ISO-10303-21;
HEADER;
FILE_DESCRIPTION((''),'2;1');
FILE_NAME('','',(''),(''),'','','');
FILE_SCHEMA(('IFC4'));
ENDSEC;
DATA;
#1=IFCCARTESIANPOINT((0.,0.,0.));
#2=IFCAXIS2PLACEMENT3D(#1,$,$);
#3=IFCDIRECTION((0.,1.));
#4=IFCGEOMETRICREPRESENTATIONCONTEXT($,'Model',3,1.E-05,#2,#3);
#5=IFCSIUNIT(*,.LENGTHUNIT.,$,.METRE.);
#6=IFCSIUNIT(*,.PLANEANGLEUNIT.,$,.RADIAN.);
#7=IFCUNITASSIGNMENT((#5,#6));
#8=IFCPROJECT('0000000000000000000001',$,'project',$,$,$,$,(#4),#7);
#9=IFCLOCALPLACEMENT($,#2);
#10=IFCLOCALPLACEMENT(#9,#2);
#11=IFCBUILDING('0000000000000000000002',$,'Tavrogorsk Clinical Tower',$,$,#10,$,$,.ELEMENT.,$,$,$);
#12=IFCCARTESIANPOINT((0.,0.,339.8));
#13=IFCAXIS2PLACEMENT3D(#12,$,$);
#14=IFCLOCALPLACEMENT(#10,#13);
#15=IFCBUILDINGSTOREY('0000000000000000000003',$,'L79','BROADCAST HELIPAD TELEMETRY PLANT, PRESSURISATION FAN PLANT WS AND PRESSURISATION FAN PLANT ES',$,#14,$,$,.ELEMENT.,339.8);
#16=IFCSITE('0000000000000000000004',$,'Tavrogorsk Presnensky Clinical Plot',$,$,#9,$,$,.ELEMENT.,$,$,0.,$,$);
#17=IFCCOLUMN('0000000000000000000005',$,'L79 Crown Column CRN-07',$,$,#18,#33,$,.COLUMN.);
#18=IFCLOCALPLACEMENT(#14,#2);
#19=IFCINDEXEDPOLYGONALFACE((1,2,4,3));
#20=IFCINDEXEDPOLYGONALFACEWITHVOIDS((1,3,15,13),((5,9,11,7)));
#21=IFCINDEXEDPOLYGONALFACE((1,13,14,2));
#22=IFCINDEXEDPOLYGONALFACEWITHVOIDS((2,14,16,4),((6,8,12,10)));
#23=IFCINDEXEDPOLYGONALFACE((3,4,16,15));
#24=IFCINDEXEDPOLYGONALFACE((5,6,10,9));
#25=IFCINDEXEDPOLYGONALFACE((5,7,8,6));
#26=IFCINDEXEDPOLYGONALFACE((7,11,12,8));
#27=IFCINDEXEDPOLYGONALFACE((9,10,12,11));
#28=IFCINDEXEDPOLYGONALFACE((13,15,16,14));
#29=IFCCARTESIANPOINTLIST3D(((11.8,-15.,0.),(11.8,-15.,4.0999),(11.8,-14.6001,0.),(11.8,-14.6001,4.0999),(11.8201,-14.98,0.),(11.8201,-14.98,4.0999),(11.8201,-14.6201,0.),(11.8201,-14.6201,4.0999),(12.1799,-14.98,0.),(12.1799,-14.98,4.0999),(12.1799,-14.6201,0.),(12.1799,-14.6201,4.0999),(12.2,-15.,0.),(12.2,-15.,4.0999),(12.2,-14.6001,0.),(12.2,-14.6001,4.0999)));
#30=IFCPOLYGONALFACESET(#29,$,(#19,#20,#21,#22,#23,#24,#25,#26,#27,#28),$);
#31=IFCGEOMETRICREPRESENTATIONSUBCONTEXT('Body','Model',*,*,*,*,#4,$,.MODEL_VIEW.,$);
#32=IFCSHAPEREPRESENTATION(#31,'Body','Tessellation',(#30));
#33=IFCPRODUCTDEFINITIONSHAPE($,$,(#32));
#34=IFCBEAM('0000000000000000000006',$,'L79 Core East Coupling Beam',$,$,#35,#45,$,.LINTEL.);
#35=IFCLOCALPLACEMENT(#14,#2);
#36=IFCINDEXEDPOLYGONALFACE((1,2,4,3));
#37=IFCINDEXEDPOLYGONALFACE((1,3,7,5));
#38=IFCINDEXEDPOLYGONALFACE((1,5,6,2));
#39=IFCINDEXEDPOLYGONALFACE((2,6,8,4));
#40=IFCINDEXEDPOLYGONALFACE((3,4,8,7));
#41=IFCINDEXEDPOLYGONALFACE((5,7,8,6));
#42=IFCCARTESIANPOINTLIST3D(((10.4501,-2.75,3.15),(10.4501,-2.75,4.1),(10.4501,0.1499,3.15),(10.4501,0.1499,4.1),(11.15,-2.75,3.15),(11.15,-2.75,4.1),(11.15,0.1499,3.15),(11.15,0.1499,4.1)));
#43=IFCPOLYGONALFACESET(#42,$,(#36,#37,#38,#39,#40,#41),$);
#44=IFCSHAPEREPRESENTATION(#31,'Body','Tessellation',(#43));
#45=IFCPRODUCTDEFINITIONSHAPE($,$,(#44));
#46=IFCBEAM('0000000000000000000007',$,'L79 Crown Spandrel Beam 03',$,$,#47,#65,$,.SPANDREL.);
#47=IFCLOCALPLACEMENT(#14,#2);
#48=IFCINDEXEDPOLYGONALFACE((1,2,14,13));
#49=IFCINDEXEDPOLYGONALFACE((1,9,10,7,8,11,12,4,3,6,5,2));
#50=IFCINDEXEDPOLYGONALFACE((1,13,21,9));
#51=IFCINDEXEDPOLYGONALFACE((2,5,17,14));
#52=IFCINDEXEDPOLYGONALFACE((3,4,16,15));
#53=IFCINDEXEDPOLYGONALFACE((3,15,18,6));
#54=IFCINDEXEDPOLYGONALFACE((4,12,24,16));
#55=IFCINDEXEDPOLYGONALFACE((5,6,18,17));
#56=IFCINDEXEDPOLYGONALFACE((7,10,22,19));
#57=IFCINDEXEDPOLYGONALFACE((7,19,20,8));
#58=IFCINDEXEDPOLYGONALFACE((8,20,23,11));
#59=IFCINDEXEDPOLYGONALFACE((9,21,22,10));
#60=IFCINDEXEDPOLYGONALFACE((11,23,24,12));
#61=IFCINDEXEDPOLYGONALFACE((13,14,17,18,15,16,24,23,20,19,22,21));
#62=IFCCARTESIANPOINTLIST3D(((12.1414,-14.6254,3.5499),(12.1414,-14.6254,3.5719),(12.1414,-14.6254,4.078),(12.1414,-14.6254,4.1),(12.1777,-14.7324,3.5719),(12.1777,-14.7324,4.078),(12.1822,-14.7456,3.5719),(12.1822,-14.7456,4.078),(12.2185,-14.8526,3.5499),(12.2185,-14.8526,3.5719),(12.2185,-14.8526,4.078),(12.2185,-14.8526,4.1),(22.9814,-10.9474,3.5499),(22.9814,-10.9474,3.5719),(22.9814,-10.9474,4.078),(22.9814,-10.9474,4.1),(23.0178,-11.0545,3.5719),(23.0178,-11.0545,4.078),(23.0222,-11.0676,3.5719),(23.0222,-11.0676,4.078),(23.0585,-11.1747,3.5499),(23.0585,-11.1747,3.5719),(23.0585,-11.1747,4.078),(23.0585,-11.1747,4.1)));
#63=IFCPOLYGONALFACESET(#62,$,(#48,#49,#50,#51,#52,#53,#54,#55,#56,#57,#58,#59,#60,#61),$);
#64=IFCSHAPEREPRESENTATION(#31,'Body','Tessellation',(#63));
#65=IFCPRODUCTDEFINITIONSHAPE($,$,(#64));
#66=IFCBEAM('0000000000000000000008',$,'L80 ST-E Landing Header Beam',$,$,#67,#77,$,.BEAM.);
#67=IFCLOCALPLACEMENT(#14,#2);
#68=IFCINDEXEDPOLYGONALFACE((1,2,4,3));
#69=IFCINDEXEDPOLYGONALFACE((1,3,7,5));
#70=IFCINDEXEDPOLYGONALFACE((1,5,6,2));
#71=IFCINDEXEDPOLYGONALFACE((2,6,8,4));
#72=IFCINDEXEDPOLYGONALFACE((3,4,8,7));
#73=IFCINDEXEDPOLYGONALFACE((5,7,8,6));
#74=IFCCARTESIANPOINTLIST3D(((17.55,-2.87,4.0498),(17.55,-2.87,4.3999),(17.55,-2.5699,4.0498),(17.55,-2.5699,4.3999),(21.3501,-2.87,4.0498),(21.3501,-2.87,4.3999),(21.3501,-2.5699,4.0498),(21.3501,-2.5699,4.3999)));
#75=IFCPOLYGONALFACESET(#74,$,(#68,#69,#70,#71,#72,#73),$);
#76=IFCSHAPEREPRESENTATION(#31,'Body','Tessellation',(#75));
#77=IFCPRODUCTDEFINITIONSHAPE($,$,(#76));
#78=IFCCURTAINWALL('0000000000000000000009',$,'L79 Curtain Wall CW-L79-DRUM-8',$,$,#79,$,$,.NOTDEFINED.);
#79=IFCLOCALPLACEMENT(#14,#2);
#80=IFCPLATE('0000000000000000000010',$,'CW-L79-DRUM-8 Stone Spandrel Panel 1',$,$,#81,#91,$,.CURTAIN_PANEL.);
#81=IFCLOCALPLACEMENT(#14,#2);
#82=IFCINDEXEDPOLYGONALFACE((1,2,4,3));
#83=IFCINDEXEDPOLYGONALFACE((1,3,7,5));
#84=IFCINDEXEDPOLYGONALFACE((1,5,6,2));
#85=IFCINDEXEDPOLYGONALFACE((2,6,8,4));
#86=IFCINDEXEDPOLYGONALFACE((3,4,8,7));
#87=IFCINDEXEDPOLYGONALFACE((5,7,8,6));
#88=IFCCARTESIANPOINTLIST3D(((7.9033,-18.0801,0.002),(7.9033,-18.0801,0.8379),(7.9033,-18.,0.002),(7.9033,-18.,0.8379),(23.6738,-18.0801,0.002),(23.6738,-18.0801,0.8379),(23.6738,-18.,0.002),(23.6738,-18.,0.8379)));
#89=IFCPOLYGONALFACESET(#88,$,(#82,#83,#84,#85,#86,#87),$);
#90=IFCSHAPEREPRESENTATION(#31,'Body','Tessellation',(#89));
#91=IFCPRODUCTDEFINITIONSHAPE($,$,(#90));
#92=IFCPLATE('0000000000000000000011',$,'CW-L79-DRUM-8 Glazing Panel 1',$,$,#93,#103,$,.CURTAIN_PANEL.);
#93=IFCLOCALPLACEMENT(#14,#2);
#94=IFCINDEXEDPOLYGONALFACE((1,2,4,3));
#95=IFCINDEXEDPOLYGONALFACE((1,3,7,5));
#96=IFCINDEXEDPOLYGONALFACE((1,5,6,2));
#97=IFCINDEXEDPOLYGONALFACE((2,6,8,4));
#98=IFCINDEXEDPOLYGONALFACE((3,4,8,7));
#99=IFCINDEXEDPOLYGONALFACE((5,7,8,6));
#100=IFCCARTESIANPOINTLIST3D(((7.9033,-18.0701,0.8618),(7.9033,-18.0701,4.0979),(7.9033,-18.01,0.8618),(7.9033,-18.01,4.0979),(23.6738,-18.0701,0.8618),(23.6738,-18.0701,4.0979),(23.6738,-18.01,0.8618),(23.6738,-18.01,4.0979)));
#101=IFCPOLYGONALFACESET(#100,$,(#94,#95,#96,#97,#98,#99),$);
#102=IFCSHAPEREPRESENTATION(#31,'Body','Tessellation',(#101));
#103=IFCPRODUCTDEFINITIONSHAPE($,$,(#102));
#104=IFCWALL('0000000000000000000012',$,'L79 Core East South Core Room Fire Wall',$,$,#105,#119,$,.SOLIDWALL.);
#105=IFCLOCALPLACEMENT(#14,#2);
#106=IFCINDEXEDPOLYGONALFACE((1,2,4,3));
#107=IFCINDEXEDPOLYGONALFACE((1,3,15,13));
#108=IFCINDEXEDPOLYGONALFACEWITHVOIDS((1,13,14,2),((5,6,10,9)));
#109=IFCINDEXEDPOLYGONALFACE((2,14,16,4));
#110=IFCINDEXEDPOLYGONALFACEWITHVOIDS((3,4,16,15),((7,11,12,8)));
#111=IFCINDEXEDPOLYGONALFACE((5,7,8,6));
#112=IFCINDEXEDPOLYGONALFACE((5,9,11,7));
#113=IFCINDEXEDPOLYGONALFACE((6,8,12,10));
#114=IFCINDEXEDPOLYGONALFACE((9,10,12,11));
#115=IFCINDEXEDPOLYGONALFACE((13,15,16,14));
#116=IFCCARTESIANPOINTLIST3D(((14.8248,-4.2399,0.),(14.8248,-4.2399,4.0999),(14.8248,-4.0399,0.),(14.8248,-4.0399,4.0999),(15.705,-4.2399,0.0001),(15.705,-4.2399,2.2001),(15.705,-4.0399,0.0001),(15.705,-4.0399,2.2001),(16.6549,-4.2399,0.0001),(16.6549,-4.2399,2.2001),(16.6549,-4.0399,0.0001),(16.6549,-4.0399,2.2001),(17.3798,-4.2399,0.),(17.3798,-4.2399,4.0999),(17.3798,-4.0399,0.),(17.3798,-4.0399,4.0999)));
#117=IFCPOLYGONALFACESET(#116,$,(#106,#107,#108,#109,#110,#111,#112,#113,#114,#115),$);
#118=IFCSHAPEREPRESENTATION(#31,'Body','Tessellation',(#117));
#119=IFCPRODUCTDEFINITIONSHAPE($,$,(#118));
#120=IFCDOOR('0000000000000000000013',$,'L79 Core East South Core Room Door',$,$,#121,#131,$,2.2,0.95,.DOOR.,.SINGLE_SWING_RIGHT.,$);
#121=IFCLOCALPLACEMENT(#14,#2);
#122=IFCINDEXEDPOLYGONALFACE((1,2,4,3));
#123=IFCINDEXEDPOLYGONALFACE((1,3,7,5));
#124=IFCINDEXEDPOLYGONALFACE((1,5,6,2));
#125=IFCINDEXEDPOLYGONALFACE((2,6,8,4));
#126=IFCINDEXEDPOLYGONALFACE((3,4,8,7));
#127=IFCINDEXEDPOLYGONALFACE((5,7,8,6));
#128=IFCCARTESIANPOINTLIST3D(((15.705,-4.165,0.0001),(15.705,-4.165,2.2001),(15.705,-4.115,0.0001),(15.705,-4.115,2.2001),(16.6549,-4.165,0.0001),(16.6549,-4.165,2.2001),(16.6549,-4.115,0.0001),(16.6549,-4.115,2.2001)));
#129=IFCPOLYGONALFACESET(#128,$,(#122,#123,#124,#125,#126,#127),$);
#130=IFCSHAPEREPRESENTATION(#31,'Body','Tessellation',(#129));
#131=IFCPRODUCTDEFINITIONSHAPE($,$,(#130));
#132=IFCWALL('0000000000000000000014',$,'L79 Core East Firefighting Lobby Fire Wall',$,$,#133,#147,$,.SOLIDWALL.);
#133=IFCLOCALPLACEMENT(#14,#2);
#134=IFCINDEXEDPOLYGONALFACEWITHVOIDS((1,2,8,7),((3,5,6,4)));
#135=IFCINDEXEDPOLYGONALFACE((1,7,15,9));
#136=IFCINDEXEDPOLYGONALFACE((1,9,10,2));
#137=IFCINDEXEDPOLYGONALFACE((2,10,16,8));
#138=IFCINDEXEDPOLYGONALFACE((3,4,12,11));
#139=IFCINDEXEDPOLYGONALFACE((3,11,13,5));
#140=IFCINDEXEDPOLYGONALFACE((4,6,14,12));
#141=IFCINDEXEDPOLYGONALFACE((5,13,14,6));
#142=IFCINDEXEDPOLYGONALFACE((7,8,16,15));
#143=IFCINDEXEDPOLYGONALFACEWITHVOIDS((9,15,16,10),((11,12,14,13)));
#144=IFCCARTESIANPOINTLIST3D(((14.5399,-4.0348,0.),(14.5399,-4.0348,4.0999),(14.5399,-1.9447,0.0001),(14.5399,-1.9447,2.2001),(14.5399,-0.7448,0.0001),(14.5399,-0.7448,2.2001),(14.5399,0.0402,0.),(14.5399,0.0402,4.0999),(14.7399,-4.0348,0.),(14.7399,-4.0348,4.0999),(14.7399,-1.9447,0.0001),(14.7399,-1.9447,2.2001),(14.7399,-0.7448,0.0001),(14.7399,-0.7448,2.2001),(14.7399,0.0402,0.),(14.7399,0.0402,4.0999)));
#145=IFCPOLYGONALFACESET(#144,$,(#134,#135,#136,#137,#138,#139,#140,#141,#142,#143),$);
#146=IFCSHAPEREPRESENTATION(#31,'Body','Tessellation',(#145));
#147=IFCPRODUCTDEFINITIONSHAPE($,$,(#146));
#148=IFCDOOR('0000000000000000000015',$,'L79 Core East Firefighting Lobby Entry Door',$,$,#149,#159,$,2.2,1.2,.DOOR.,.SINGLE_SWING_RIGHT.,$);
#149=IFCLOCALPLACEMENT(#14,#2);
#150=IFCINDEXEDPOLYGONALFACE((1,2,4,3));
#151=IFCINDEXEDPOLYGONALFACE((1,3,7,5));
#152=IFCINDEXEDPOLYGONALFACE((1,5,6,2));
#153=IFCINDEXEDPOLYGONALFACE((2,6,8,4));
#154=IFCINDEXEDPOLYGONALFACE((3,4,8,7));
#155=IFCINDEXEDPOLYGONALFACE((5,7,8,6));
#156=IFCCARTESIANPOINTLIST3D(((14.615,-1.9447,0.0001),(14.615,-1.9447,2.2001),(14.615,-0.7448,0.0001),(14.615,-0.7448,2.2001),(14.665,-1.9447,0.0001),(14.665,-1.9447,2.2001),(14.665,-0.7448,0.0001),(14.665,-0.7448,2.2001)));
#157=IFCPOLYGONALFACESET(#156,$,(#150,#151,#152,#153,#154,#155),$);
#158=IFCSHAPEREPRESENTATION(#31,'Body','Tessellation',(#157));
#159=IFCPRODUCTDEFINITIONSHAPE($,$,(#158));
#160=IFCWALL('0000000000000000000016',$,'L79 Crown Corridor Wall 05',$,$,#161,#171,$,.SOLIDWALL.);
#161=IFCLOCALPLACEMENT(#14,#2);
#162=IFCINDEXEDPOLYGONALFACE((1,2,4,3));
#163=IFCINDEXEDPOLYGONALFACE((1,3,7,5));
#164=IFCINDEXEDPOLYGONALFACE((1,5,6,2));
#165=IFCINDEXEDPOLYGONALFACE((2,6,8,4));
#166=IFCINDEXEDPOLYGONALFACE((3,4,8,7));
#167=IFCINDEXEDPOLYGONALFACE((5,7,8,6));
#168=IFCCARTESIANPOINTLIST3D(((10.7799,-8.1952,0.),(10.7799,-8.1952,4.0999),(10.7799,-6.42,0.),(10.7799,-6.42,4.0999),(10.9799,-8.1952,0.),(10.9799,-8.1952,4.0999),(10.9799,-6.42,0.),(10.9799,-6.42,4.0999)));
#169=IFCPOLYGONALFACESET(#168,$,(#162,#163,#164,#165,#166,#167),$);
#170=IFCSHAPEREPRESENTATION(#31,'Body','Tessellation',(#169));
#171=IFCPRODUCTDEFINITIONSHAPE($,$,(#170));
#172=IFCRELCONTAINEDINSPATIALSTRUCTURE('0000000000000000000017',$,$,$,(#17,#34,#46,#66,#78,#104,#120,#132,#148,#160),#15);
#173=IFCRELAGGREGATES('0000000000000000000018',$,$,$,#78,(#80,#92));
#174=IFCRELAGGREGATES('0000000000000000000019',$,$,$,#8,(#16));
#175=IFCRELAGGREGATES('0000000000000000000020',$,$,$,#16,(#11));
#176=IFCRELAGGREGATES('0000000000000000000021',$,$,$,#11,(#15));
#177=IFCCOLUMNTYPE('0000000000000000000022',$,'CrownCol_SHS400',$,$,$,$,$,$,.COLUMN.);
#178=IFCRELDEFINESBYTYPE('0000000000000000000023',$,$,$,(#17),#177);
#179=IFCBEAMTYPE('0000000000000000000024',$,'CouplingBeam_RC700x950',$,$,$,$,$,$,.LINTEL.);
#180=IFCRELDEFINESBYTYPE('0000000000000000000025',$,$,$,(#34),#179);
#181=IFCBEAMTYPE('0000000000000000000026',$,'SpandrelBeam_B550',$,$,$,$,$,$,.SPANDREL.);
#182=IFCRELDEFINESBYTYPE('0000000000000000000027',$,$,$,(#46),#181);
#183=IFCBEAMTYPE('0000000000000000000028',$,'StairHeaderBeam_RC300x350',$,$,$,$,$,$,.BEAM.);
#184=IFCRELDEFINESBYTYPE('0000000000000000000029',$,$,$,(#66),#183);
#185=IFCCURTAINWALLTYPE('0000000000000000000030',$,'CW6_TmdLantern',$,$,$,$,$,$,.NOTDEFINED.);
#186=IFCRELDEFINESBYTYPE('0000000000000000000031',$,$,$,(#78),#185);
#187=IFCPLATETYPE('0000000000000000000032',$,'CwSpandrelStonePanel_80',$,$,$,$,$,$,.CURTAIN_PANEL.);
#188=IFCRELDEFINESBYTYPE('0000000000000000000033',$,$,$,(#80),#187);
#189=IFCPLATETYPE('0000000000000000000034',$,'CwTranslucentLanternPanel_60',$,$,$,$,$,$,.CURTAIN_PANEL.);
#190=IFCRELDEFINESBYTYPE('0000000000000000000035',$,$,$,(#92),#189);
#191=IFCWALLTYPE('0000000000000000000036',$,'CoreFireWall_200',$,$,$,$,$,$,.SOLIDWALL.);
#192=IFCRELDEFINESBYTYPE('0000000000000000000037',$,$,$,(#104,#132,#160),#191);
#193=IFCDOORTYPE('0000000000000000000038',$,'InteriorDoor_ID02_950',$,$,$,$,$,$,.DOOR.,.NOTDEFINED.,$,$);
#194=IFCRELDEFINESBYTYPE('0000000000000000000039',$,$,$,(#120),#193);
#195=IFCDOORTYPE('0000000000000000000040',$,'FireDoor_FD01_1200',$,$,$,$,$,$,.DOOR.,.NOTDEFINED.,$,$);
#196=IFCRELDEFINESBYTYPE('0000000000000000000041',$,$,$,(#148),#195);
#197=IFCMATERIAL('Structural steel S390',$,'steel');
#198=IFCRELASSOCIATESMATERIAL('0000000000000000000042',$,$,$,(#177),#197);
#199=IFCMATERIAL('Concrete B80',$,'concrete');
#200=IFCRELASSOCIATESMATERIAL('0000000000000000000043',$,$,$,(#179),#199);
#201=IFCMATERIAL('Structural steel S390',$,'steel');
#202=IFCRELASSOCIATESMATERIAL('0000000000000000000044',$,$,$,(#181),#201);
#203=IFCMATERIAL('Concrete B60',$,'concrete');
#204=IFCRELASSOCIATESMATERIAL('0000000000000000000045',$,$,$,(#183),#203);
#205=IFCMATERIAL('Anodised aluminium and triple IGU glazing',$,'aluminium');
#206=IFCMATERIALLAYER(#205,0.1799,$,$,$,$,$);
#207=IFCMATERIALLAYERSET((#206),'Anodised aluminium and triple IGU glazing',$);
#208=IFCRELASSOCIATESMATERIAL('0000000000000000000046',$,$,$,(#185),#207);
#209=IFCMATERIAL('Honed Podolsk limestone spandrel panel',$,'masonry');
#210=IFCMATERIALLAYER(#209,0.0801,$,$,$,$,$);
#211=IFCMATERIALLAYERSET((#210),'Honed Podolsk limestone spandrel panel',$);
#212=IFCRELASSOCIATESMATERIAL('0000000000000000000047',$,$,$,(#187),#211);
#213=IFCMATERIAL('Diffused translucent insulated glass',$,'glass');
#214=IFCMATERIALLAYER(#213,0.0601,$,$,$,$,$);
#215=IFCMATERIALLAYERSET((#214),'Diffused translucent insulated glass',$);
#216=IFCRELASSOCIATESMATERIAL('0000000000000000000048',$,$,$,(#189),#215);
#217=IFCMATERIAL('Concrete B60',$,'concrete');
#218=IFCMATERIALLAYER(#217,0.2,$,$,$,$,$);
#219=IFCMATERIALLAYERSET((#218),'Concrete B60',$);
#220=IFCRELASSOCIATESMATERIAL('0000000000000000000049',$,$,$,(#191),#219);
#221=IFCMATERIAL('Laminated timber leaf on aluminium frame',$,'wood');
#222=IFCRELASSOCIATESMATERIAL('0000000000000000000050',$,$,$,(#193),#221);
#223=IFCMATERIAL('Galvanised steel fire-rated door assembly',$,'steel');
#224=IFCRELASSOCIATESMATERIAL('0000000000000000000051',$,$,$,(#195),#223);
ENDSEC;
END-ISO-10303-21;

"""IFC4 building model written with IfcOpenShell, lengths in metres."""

from ifc_helpers import new_model, si_unit, direction, frame, frame_2d, origin, origin_2d, place, context, subcontext, project, spatial, rectangle, hollow_rectangle, i_section, extrude, material, layer, layer_set, material_profile, profile_set, type_object, element, fill, aggregate, save


model = new_model("IFC4")

# Units and contexts
model_context = context("Model", 3, precision=1e-05, world=origin(), true_north=direction((0.0, 1.0)))
body_context = subcontext(model_context, "Body", "Model", "MODEL_VIEW")
ifc_project = project(units=[si_unit("LENGTHUNIT", "METRE"), si_unit("PLANEANGLEUNIT", "RADIAN")], contexts=[model_context])

# Site, building, storey
site_placement = place(None, origin())
site = spatial("IfcSite", under=ifc_project, at=site_placement, Name="Tavrogorsk Presnensky Clinical Plot", CompositionType="ELEMENT", RefElevation=0.0)
building_placement = place(site_placement, origin())
building = spatial("IfcBuilding", under=site, at=building_placement, Name="Tavrogorsk Clinical Tower", CompositionType="ELEMENT")
storey_placement = place(building_placement, frame((0.0, 0.0, 339.8)))
storey = spatial("IfcBuildingStorey", under=building, at=storey_placement, Name="L79", Description="BROADCAST HELIPAD TELEMETRY PLANT, PRESSURISATION FAN PLANT WS AND PRESSURISATION FAN PLANT ES", CompositionType="ELEMENT", Elevation=339.8)

# Column
ifc_material_1 = material(Name="Structural steel S390", Category="steel")
ifc_material_profile_1 = material_profile(ifc_material_1, hollow_rectangle(XDim=0.3999, YDim=0.3999, WallThickness=0.02, at=origin_2d()), Name="SHS-400x400x20")
ifc_profile_set_1 = profile_set([ifc_material_profile_1], Name="Structural steel S390")
column_type = type_object("IfcColumnType", Name="CrownCol_SHS400", PredefinedType="COLUMN", material=ifc_profile_set_1)
column_placement = place(storey_placement, frame((12.0, -14.8, 0.0), z_axis=(0.0, 0.0, 1.0), x_axis=(1.0, 0.0, 0.0)))
element("IfcColumn", 1, at=column_placement, inside=storey, type_object=column_type, Name="L79 Crown Column CRN-07", PredefinedType="COLUMN", context=body_context, shape_type="SweptSolid", body=[
    extrude(hollow_rectangle(XDim=0.3999, YDim=0.3999, WallThickness=0.02, at=origin_2d()), origin(), (0.0, 0.0, 1.0), 4.0999),
])

# Beams
ifc_material_2 = material(Name="Concrete B80", Category="concrete")
ifc_material_profile_2 = material_profile(ifc_material_2, rectangle(XDim=0.7, YDim=0.95, at=origin_2d()), Name="RC-CB-700x950")
ifc_profile_set_2 = profile_set([ifc_material_profile_2], Name="Concrete B80")
beam_type_1 = type_object("IfcBeamType", Name="CouplingBeam_RC700x950", PredefinedType="LINTEL", material=ifc_profile_set_2)
beam_1_placement = place(storey_placement, frame((10.8, -2.75, 3.625), z_axis=(0.0, 1.0, 0.0), x_axis=(-1.0, 0.0, 0.0)))
element("IfcBeam", 2, at=beam_1_placement, inside=storey, type_object=beam_type_1, Name="L79 Core East Coupling Beam", PredefinedType="LINTEL", context=body_context, shape_type="SweptSolid", body=[
    extrude(rectangle(XDim=0.7, YDim=0.95, at=origin_2d()), origin(), (0.0, 0.0, 1.0), 2.8999),
])
ifc_material_3 = material(Name="Structural steel S390", Category="steel")
ifc_material_profile_3 = material_profile(ifc_material_3, i_section(OverallWidth=0.24, OverallDepth=0.55, WebThickness=0.0139, FlangeThickness=0.022, at=origin_2d()), Name="B-550x240x14x22")
ifc_profile_set_3 = profile_set([ifc_material_profile_3], Name="Structural steel S390")
beam_type_2 = type_object("IfcBeamType", Name="SpandrelBeam_B550", PredefinedType="SPANDREL", material=ifc_profile_set_3)
beam_2_placement = place(storey_placement, frame((12.1799, -14.739, 3.825), z_axis=(0.946976, 0.321304, 0.0), x_axis=(-0.321304, 0.946976, 0.0)))
element("IfcBeam", 3, at=beam_2_placement, inside=storey, type_object=beam_type_2, Name="L79 Crown Spandrel Beam 03", PredefinedType="SPANDREL", context=body_context, shape_type="SweptSolid", body=[
    extrude(i_section(OverallWidth=0.24, OverallDepth=0.55, WebThickness=0.0139, FlangeThickness=0.022, at=origin_2d()), origin(), (0.0, 0.0, 1.0), 11.447),
])
ifc_material_4 = material(Name="Concrete B60", Category="concrete")
ifc_material_profile_4 = material_profile(ifc_material_4, rectangle(XDim=0.3, YDim=0.3501, at=origin_2d()), Name="RC-SHB-300x350")
ifc_profile_set_4 = profile_set([ifc_material_profile_4], Name="Concrete B60")
beam_type_3 = type_object("IfcBeamType", Name="StairHeaderBeam_RC300x350", PredefinedType="BEAM", material=ifc_profile_set_4)
beam_3_placement = place(storey_placement, frame((17.55, -2.72, 4.2249), z_axis=(1.0, 0.0, 0.0), x_axis=(0.0, 1.0, 0.0)))
element("IfcBeam", 4, at=beam_3_placement, inside=storey, type_object=beam_type_3, Name="L80 ST-E Landing Header Beam", PredefinedType="BEAM", context=body_context, shape_type="SweptSolid", body=[
    extrude(rectangle(XDim=0.3, YDim=0.3501, at=origin_2d()), origin(), (0.0, 0.0, 1.0), 3.8),
])

# Curtain wall, plates
ifc_material_5 = material(Name="Anodised aluminium and triple IGU glazing", Category="aluminium")
ifc_layer_1 = layer(ifc_material_5, 0.1799)
ifc_layer_set_1 = layer_set([ifc_layer_1], Name="Anodised aluminium and triple IGU glazing")
curtain_wall_type = type_object("IfcCurtainWallType", Name="CW6_TmdLantern", PredefinedType="NOTDEFINED", material=ifc_layer_set_1)
curtain_wall_placement = place(storey_placement, origin())
curtain_wall = element("IfcCurtainWall", 5, at=curtain_wall_placement, inside=storey, type_object=curtain_wall_type, Name="L79 Curtain Wall CW-L79-DRUM-8", PredefinedType="NOTDEFINED")
ifc_material_6 = material(Name="Honed Podolsk limestone spandrel panel", Category="masonry")
ifc_layer_2 = layer(ifc_material_6, 0.0801)
ifc_layer_set_2 = layer_set([ifc_layer_2], Name="Honed Podolsk limestone spandrel panel")
plate_type_1 = type_object("IfcPlateType", Name="CwSpandrelStonePanel_80", PredefinedType="CURTAIN_PANEL", material=ifc_layer_set_2)
plate_1_placement = place(storey_placement, frame((15.7886, -18.04, 0.002), z_axis=(0.0, 0.0, 1.0), x_axis=(-1.0, 0.0, 0.0)))
plate_1 = element("IfcPlate", 6, at=plate_1_placement, type_object=plate_type_1, Name="CW-L79-DRUM-8 Stone Spandrel Panel 1", PredefinedType="CURTAIN_PANEL", context=body_context, shape_type="SweptSolid", body=[
    extrude(rectangle(XDim=15.7705, YDim=0.0801, at=origin_2d()), origin(), (0.0, 0.0, 1.0), 0.8359),
])
ifc_material_7 = material(Name="Diffused translucent insulated glass", Category="glass")
ifc_layer_3 = layer(ifc_material_7, 0.0601)
ifc_layer_set_3 = layer_set([ifc_layer_3], Name="Diffused translucent insulated glass")
plate_type_2 = type_object("IfcPlateType", Name="CwTranslucentLanternPanel_60", PredefinedType="CURTAIN_PANEL", material=ifc_layer_set_3)
plate_2_placement = place(storey_placement, frame((15.7886, -18.04, 0.8618), z_axis=(0.0, 0.0, 1.0), x_axis=(-1.0, 0.0, 0.0)))
plate_2 = element("IfcPlate", 7, at=plate_2_placement, type_object=plate_type_2, Name="CW-L79-DRUM-8 Glazing Panel 1", PredefinedType="CURTAIN_PANEL", context=body_context, shape_type="SweptSolid", body=[
    extrude(rectangle(XDim=15.7705, YDim=0.0601, at=origin_2d()), origin(), (0.0, 0.0, 1.0), 3.2361),
])
aggregate(curtain_wall, [plate_1, plate_2])

# Walls, openings, doors
ifc_material_8 = material(Name="Concrete B60", Category="concrete")
ifc_layer_4 = layer(ifc_material_8, 0.2)
ifc_layer_set_4 = layer_set([ifc_layer_4], Name="Concrete B60")
wall_type_1 = type_object("IfcWallType", Name="CoreFireWall_200", PredefinedType="SOLIDWALL", material=ifc_layer_set_4)
wall_1_placement = place(storey_placement, frame((14.825, -4.1399, 0.0), z_axis=(0.0, 0.0, 1.0), x_axis=(1.0, 0.0, 0.0)))
wall_1 = element("IfcWall", 8, at=wall_1_placement, inside=storey, type_object=wall_type_1, Name="L79 Core East South Core Room Fire Wall", PredefinedType="SOLIDWALL", context=body_context, shape_type="SweptSolid", body=[
    extrude(rectangle(XDim=2.5549, YDim=0.2, at=frame_2d((1.2773, 0.0))), origin(), (0.0, 0.0, 1.0), 4.0999),
])
opening_1_placement = place(wall_1_placement, frame((0.8799, 0.0, 0.0)))
opening_1 = element("IfcOpeningElement", 9, at=opening_1_placement, cuts=wall_1, PredefinedType="OPENING", context=body_context, shape_type="SweptSolid", body=[
    extrude(rectangle(XDim=0.95, YDim=2.2, at=frame_2d((0.4751, 1.1001))), frame((0.0, 0.1099, 0.0), z_axis=(0.0, -1.0, 0.0), x_axis=(1.0, 0.0, 0.0)), (0.0, 0.0, 1.0), 0.22),
])
ifc_material_9 = material(Name="Laminated timber leaf on aluminium frame", Category="wood")
door_type_1 = type_object("IfcDoorType", Name="InteriorDoor_ID02_950", OperationType="NOTDEFINED", PredefinedType="DOOR", material=ifc_material_9)
door_1_placement = place(opening_1_placement, origin())
door_1 = element("IfcDoor", 10, at=door_1_placement, inside=storey, type_object=door_type_1, Name="L79 Core East South Core Room Door", OperationType="SINGLE_SWING_RIGHT", OverallHeight=2.2, OverallWidth=0.95, PredefinedType="DOOR", context=body_context, shape_type="SweptSolid", body=[
    extrude(rectangle(XDim=0.95, YDim=2.2, at=frame_2d((0.4751, 1.1001))), frame((0.0, 0.0249, 0.0), z_axis=(0.0, -1.0, 0.0), x_axis=(1.0, 0.0, 0.0)), (0.0, 0.0, 1.0), 0.05),
])
fill(opening_1, door_1)
wall_2_placement = place(storey_placement, frame((14.6399, -4.0349, 0.0), z_axis=(0.0, 0.0, 1.0), x_axis=(0.0, 1.0, 0.0)))
wall_2 = element("IfcWall", 11, at=wall_2_placement, inside=storey, type_object=wall_type_1, Name="L79 Core East Firefighting Lobby Fire Wall", PredefinedType="SOLIDWALL", context=body_context, shape_type="SweptSolid", body=[
    extrude(rectangle(XDim=4.075, YDim=0.2, at=frame_2d((2.0376, 0.0))), origin(), (0.0, 0.0, 1.0), 4.0999),
])
opening_2_placement = place(wall_2_placement, frame((2.0901, 0.0, 0.0)))
opening_2 = element("IfcOpeningElement", 12, at=opening_2_placement, cuts=wall_2, PredefinedType="OPENING", context=body_context, shape_type="SweptSolid", body=[
    extrude(rectangle(XDim=1.2, YDim=2.2, at=frame_2d((0.6001, 1.1001))), frame((0.0, 0.1099, 0.0), z_axis=(0.0, -1.0, 0.0), x_axis=(1.0, 0.0, 0.0)), (0.0, 0.0, 1.0), 0.22),
])
ifc_material_10 = material(Name="Galvanised steel fire-rated door assembly", Category="steel")
door_type_2 = type_object("IfcDoorType", Name="FireDoor_FD01_1200", OperationType="NOTDEFINED", PredefinedType="DOOR", material=ifc_material_10)
door_2_placement = place(opening_2_placement, origin())
door_2 = element("IfcDoor", 13, at=door_2_placement, inside=storey, type_object=door_type_2, Name="L79 Core East Firefighting Lobby Entry Door", OperationType="SINGLE_SWING_RIGHT", OverallHeight=2.2, OverallWidth=1.2, PredefinedType="DOOR", context=body_context, shape_type="SweptSolid", body=[
    extrude(rectangle(XDim=1.2, YDim=2.2, at=frame_2d((0.6001, 1.1001))), frame((0.0, 0.0249, 0.0), z_axis=(0.0, -1.0, 0.0), x_axis=(1.0, 0.0, 0.0)), (0.0, 0.0, 1.0), 0.05),
])
fill(opening_2, door_2)

# Wall
wall_3_placement = place(storey_placement, frame((10.8799, -6.4199, 0.0), z_axis=(0.0, 0.0, 1.0), x_axis=(0.0, -1.0, 0.0)))
element("IfcWall", 14, at=wall_3_placement, inside=storey, type_object=wall_type_1, Name="L79 Crown Corridor Wall 05", PredefinedType="SOLIDWALL", context=body_context, shape_type="SweptSolid", body=[
    extrude(rectangle(XDim=1.7751, YDim=0.2, at=frame_2d((0.8877, 0.0))), origin(), (0.0, 0.0, 1.0), 4.0999),
])

save(model, "model.ifc")
